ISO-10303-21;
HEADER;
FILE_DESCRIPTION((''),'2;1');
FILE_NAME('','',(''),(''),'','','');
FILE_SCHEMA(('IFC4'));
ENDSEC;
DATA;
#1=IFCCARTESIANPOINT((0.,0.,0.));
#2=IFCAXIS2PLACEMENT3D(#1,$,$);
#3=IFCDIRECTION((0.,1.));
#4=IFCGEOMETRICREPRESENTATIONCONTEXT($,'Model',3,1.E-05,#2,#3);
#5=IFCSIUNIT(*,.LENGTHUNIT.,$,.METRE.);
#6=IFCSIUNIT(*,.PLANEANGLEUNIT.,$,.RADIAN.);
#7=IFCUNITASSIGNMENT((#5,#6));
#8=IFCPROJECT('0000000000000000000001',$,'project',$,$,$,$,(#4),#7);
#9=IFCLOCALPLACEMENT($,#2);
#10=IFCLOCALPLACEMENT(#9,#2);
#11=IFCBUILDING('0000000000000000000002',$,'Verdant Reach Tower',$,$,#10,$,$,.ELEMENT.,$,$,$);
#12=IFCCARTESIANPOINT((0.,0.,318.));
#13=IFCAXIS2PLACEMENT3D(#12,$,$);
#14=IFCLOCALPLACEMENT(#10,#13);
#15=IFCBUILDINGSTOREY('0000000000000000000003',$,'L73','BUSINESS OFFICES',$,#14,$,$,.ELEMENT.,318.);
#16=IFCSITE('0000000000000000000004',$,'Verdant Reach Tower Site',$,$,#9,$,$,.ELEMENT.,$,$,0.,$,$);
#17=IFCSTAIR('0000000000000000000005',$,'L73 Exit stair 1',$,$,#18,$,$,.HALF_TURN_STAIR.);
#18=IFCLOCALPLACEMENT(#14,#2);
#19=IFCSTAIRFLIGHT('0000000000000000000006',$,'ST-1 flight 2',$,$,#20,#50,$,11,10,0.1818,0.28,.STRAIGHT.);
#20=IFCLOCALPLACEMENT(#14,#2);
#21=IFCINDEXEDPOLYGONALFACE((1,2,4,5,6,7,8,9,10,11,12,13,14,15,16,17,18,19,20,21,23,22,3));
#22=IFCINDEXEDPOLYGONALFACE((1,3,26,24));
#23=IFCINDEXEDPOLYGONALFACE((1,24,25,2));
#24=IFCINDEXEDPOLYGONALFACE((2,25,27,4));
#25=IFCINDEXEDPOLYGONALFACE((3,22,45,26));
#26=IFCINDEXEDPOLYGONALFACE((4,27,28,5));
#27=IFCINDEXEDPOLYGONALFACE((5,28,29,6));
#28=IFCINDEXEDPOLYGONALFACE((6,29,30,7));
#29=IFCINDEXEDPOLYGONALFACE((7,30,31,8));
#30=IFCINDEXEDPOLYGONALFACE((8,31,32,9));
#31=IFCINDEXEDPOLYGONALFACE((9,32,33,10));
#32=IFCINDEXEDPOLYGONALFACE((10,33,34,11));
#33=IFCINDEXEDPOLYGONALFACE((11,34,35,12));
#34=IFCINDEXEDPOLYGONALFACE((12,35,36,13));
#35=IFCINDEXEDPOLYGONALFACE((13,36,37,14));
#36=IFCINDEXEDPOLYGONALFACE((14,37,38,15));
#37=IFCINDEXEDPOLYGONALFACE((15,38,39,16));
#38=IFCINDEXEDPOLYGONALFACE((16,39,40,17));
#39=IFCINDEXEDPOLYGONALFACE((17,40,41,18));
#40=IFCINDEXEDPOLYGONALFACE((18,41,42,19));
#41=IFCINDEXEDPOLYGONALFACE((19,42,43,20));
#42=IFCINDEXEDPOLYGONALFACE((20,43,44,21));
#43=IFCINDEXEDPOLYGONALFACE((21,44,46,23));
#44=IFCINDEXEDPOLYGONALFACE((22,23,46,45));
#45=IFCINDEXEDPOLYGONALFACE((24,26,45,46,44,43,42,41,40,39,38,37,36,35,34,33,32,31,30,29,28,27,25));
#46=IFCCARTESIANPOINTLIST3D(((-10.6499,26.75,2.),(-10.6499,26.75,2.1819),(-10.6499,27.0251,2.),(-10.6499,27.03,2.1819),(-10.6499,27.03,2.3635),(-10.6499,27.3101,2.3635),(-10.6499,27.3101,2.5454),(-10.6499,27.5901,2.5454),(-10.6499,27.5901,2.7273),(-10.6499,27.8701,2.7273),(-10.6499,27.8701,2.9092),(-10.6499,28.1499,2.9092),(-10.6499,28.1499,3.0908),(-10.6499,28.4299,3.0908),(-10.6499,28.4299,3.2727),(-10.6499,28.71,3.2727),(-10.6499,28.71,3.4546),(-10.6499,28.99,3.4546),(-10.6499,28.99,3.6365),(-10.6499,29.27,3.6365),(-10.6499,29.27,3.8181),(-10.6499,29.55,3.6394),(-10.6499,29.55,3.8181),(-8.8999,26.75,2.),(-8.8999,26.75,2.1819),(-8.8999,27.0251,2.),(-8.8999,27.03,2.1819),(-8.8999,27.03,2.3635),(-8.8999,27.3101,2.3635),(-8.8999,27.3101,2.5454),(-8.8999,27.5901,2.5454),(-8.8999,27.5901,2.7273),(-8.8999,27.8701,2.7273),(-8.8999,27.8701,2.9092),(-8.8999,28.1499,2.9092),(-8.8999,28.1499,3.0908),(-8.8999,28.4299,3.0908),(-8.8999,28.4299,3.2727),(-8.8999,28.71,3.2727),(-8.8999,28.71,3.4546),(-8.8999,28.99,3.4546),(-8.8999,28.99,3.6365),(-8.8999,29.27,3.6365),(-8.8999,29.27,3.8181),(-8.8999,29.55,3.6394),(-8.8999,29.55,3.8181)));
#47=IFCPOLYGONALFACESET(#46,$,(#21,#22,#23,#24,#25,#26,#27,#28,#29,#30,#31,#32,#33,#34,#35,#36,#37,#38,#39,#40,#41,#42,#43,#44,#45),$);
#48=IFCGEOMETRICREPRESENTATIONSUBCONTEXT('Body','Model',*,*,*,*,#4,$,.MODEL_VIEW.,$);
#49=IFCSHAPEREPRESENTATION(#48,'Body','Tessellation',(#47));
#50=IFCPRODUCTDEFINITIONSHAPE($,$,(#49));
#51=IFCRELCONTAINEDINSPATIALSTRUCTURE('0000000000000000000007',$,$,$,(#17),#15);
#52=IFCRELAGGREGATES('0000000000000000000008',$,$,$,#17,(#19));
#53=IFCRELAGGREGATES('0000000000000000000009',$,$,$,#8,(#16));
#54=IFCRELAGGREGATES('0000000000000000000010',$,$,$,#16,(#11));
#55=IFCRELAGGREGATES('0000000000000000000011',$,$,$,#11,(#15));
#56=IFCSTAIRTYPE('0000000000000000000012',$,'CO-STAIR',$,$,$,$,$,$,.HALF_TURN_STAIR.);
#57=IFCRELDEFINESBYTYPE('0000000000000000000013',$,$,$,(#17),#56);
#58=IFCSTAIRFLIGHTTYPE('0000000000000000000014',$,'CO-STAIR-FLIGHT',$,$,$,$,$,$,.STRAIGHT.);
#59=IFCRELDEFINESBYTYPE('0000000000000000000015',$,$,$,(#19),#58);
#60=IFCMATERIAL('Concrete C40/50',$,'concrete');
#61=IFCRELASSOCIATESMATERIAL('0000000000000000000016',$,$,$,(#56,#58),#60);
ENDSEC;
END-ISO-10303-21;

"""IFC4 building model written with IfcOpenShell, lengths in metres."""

from ifc_helpers import new_model, si_unit, direction, frame, origin, place, context, subcontext, project, spatial, polyline, outline, extrude, material, type_object, element, aggregate, save


model = new_model("IFC4")

# Units and contexts
model_context = context("Model", 3, precision=1e-05, world=origin(), true_north=direction((0.0, 1.0)))
body_context = subcontext(model_context, "Body", "Model", "MODEL_VIEW")
ifc_project = project(units=[si_unit("LENGTHUNIT", "METRE"), si_unit("PLANEANGLEUNIT", "RADIAN")], contexts=[model_context])

# Site, building, storey
site_placement = place(None, origin())
site = spatial("IfcSite", under=ifc_project, at=site_placement, Name="Verdant Reach Tower Site", CompositionType="ELEMENT", RefElevation=0.0)
building_placement = place(site_placement, origin())
building = spatial("IfcBuilding", under=site, at=building_placement, Name="Verdant Reach Tower", CompositionType="ELEMENT")
storey_placement = place(building_placement, frame((0.0, 0.0, 318.0)))
storey = spatial("IfcBuildingStorey", under=building, at=storey_placement, Name="L73", Description="BUSINESS OFFICES", CompositionType="ELEMENT", Elevation=318.0)

# Shared definitions
ifc_material_1 = material(Name="Concrete C40/50", Category="concrete")

# Stair, stair flight
stair_type = type_object("IfcStairType", Name="CO-STAIR", PredefinedType="HALF_TURN_STAIR", material=ifc_material_1)
stair_placement = place(storey_placement, origin())
stair = element("IfcStair", 1, at=stair_placement, inside=storey, type_object=stair_type, Name="L73 Exit stair 1", PredefinedType="HALF_TURN_STAIR")
stair_flight_type = type_object("IfcStairFlightType", Name="CO-STAIR-FLIGHT", PredefinedType="STRAIGHT", material=ifc_material_1)
stair_flight_placement = place(storey_placement, frame((-9.7749, 26.75, 2.0), z_axis=(0.0, 0.0, 1.0), x_axis=(0.0, 1.0, 0.0)))
stair_flight = element("IfcStairFlight", 2, at=stair_flight_placement, type_object=stair_flight_type, Name="ST-1 flight 2", NumberOfRisers=11, NumberOfTreads=10, PredefinedType="STRAIGHT", RiserHeight=0.1818, TreadLength=0.28, context=body_context, shape_type="SweptSolid", body=[
    extrude(outline(polyline([(0.0, 0.0), (0.0, 0.1819), (0.28, 0.1819), (0.28, 0.3635), (0.5601, 0.3635), (0.5601, 0.5454), (0.8401, 0.5454), (0.8401, 0.7273), (1.1201, 0.7273), (1.1201, 0.9092), (1.3999, 0.9092), (1.3999, 1.0908), (1.6799, 1.0908), (1.6799, 1.2727), (1.96, 1.2727), (1.96, 1.4546), (2.24, 1.4546), (2.24, 1.6365), (2.52, 1.6365), (2.52, 1.8181), (2.8, 1.8181), (2.8, 2.0), (2.8, 1.6394), (0.2751, 0.0), (0.0, 0.0)])), frame((0.0, 0.875, 0.0), z_axis=(0.0, -1.0, 0.0), x_axis=(1.0, 0.0, 0.0)), (0.0, 0.0, 1.0), 1.75),
])
aggregate(stair, [stair_flight])

save(model, "model.ifc")
